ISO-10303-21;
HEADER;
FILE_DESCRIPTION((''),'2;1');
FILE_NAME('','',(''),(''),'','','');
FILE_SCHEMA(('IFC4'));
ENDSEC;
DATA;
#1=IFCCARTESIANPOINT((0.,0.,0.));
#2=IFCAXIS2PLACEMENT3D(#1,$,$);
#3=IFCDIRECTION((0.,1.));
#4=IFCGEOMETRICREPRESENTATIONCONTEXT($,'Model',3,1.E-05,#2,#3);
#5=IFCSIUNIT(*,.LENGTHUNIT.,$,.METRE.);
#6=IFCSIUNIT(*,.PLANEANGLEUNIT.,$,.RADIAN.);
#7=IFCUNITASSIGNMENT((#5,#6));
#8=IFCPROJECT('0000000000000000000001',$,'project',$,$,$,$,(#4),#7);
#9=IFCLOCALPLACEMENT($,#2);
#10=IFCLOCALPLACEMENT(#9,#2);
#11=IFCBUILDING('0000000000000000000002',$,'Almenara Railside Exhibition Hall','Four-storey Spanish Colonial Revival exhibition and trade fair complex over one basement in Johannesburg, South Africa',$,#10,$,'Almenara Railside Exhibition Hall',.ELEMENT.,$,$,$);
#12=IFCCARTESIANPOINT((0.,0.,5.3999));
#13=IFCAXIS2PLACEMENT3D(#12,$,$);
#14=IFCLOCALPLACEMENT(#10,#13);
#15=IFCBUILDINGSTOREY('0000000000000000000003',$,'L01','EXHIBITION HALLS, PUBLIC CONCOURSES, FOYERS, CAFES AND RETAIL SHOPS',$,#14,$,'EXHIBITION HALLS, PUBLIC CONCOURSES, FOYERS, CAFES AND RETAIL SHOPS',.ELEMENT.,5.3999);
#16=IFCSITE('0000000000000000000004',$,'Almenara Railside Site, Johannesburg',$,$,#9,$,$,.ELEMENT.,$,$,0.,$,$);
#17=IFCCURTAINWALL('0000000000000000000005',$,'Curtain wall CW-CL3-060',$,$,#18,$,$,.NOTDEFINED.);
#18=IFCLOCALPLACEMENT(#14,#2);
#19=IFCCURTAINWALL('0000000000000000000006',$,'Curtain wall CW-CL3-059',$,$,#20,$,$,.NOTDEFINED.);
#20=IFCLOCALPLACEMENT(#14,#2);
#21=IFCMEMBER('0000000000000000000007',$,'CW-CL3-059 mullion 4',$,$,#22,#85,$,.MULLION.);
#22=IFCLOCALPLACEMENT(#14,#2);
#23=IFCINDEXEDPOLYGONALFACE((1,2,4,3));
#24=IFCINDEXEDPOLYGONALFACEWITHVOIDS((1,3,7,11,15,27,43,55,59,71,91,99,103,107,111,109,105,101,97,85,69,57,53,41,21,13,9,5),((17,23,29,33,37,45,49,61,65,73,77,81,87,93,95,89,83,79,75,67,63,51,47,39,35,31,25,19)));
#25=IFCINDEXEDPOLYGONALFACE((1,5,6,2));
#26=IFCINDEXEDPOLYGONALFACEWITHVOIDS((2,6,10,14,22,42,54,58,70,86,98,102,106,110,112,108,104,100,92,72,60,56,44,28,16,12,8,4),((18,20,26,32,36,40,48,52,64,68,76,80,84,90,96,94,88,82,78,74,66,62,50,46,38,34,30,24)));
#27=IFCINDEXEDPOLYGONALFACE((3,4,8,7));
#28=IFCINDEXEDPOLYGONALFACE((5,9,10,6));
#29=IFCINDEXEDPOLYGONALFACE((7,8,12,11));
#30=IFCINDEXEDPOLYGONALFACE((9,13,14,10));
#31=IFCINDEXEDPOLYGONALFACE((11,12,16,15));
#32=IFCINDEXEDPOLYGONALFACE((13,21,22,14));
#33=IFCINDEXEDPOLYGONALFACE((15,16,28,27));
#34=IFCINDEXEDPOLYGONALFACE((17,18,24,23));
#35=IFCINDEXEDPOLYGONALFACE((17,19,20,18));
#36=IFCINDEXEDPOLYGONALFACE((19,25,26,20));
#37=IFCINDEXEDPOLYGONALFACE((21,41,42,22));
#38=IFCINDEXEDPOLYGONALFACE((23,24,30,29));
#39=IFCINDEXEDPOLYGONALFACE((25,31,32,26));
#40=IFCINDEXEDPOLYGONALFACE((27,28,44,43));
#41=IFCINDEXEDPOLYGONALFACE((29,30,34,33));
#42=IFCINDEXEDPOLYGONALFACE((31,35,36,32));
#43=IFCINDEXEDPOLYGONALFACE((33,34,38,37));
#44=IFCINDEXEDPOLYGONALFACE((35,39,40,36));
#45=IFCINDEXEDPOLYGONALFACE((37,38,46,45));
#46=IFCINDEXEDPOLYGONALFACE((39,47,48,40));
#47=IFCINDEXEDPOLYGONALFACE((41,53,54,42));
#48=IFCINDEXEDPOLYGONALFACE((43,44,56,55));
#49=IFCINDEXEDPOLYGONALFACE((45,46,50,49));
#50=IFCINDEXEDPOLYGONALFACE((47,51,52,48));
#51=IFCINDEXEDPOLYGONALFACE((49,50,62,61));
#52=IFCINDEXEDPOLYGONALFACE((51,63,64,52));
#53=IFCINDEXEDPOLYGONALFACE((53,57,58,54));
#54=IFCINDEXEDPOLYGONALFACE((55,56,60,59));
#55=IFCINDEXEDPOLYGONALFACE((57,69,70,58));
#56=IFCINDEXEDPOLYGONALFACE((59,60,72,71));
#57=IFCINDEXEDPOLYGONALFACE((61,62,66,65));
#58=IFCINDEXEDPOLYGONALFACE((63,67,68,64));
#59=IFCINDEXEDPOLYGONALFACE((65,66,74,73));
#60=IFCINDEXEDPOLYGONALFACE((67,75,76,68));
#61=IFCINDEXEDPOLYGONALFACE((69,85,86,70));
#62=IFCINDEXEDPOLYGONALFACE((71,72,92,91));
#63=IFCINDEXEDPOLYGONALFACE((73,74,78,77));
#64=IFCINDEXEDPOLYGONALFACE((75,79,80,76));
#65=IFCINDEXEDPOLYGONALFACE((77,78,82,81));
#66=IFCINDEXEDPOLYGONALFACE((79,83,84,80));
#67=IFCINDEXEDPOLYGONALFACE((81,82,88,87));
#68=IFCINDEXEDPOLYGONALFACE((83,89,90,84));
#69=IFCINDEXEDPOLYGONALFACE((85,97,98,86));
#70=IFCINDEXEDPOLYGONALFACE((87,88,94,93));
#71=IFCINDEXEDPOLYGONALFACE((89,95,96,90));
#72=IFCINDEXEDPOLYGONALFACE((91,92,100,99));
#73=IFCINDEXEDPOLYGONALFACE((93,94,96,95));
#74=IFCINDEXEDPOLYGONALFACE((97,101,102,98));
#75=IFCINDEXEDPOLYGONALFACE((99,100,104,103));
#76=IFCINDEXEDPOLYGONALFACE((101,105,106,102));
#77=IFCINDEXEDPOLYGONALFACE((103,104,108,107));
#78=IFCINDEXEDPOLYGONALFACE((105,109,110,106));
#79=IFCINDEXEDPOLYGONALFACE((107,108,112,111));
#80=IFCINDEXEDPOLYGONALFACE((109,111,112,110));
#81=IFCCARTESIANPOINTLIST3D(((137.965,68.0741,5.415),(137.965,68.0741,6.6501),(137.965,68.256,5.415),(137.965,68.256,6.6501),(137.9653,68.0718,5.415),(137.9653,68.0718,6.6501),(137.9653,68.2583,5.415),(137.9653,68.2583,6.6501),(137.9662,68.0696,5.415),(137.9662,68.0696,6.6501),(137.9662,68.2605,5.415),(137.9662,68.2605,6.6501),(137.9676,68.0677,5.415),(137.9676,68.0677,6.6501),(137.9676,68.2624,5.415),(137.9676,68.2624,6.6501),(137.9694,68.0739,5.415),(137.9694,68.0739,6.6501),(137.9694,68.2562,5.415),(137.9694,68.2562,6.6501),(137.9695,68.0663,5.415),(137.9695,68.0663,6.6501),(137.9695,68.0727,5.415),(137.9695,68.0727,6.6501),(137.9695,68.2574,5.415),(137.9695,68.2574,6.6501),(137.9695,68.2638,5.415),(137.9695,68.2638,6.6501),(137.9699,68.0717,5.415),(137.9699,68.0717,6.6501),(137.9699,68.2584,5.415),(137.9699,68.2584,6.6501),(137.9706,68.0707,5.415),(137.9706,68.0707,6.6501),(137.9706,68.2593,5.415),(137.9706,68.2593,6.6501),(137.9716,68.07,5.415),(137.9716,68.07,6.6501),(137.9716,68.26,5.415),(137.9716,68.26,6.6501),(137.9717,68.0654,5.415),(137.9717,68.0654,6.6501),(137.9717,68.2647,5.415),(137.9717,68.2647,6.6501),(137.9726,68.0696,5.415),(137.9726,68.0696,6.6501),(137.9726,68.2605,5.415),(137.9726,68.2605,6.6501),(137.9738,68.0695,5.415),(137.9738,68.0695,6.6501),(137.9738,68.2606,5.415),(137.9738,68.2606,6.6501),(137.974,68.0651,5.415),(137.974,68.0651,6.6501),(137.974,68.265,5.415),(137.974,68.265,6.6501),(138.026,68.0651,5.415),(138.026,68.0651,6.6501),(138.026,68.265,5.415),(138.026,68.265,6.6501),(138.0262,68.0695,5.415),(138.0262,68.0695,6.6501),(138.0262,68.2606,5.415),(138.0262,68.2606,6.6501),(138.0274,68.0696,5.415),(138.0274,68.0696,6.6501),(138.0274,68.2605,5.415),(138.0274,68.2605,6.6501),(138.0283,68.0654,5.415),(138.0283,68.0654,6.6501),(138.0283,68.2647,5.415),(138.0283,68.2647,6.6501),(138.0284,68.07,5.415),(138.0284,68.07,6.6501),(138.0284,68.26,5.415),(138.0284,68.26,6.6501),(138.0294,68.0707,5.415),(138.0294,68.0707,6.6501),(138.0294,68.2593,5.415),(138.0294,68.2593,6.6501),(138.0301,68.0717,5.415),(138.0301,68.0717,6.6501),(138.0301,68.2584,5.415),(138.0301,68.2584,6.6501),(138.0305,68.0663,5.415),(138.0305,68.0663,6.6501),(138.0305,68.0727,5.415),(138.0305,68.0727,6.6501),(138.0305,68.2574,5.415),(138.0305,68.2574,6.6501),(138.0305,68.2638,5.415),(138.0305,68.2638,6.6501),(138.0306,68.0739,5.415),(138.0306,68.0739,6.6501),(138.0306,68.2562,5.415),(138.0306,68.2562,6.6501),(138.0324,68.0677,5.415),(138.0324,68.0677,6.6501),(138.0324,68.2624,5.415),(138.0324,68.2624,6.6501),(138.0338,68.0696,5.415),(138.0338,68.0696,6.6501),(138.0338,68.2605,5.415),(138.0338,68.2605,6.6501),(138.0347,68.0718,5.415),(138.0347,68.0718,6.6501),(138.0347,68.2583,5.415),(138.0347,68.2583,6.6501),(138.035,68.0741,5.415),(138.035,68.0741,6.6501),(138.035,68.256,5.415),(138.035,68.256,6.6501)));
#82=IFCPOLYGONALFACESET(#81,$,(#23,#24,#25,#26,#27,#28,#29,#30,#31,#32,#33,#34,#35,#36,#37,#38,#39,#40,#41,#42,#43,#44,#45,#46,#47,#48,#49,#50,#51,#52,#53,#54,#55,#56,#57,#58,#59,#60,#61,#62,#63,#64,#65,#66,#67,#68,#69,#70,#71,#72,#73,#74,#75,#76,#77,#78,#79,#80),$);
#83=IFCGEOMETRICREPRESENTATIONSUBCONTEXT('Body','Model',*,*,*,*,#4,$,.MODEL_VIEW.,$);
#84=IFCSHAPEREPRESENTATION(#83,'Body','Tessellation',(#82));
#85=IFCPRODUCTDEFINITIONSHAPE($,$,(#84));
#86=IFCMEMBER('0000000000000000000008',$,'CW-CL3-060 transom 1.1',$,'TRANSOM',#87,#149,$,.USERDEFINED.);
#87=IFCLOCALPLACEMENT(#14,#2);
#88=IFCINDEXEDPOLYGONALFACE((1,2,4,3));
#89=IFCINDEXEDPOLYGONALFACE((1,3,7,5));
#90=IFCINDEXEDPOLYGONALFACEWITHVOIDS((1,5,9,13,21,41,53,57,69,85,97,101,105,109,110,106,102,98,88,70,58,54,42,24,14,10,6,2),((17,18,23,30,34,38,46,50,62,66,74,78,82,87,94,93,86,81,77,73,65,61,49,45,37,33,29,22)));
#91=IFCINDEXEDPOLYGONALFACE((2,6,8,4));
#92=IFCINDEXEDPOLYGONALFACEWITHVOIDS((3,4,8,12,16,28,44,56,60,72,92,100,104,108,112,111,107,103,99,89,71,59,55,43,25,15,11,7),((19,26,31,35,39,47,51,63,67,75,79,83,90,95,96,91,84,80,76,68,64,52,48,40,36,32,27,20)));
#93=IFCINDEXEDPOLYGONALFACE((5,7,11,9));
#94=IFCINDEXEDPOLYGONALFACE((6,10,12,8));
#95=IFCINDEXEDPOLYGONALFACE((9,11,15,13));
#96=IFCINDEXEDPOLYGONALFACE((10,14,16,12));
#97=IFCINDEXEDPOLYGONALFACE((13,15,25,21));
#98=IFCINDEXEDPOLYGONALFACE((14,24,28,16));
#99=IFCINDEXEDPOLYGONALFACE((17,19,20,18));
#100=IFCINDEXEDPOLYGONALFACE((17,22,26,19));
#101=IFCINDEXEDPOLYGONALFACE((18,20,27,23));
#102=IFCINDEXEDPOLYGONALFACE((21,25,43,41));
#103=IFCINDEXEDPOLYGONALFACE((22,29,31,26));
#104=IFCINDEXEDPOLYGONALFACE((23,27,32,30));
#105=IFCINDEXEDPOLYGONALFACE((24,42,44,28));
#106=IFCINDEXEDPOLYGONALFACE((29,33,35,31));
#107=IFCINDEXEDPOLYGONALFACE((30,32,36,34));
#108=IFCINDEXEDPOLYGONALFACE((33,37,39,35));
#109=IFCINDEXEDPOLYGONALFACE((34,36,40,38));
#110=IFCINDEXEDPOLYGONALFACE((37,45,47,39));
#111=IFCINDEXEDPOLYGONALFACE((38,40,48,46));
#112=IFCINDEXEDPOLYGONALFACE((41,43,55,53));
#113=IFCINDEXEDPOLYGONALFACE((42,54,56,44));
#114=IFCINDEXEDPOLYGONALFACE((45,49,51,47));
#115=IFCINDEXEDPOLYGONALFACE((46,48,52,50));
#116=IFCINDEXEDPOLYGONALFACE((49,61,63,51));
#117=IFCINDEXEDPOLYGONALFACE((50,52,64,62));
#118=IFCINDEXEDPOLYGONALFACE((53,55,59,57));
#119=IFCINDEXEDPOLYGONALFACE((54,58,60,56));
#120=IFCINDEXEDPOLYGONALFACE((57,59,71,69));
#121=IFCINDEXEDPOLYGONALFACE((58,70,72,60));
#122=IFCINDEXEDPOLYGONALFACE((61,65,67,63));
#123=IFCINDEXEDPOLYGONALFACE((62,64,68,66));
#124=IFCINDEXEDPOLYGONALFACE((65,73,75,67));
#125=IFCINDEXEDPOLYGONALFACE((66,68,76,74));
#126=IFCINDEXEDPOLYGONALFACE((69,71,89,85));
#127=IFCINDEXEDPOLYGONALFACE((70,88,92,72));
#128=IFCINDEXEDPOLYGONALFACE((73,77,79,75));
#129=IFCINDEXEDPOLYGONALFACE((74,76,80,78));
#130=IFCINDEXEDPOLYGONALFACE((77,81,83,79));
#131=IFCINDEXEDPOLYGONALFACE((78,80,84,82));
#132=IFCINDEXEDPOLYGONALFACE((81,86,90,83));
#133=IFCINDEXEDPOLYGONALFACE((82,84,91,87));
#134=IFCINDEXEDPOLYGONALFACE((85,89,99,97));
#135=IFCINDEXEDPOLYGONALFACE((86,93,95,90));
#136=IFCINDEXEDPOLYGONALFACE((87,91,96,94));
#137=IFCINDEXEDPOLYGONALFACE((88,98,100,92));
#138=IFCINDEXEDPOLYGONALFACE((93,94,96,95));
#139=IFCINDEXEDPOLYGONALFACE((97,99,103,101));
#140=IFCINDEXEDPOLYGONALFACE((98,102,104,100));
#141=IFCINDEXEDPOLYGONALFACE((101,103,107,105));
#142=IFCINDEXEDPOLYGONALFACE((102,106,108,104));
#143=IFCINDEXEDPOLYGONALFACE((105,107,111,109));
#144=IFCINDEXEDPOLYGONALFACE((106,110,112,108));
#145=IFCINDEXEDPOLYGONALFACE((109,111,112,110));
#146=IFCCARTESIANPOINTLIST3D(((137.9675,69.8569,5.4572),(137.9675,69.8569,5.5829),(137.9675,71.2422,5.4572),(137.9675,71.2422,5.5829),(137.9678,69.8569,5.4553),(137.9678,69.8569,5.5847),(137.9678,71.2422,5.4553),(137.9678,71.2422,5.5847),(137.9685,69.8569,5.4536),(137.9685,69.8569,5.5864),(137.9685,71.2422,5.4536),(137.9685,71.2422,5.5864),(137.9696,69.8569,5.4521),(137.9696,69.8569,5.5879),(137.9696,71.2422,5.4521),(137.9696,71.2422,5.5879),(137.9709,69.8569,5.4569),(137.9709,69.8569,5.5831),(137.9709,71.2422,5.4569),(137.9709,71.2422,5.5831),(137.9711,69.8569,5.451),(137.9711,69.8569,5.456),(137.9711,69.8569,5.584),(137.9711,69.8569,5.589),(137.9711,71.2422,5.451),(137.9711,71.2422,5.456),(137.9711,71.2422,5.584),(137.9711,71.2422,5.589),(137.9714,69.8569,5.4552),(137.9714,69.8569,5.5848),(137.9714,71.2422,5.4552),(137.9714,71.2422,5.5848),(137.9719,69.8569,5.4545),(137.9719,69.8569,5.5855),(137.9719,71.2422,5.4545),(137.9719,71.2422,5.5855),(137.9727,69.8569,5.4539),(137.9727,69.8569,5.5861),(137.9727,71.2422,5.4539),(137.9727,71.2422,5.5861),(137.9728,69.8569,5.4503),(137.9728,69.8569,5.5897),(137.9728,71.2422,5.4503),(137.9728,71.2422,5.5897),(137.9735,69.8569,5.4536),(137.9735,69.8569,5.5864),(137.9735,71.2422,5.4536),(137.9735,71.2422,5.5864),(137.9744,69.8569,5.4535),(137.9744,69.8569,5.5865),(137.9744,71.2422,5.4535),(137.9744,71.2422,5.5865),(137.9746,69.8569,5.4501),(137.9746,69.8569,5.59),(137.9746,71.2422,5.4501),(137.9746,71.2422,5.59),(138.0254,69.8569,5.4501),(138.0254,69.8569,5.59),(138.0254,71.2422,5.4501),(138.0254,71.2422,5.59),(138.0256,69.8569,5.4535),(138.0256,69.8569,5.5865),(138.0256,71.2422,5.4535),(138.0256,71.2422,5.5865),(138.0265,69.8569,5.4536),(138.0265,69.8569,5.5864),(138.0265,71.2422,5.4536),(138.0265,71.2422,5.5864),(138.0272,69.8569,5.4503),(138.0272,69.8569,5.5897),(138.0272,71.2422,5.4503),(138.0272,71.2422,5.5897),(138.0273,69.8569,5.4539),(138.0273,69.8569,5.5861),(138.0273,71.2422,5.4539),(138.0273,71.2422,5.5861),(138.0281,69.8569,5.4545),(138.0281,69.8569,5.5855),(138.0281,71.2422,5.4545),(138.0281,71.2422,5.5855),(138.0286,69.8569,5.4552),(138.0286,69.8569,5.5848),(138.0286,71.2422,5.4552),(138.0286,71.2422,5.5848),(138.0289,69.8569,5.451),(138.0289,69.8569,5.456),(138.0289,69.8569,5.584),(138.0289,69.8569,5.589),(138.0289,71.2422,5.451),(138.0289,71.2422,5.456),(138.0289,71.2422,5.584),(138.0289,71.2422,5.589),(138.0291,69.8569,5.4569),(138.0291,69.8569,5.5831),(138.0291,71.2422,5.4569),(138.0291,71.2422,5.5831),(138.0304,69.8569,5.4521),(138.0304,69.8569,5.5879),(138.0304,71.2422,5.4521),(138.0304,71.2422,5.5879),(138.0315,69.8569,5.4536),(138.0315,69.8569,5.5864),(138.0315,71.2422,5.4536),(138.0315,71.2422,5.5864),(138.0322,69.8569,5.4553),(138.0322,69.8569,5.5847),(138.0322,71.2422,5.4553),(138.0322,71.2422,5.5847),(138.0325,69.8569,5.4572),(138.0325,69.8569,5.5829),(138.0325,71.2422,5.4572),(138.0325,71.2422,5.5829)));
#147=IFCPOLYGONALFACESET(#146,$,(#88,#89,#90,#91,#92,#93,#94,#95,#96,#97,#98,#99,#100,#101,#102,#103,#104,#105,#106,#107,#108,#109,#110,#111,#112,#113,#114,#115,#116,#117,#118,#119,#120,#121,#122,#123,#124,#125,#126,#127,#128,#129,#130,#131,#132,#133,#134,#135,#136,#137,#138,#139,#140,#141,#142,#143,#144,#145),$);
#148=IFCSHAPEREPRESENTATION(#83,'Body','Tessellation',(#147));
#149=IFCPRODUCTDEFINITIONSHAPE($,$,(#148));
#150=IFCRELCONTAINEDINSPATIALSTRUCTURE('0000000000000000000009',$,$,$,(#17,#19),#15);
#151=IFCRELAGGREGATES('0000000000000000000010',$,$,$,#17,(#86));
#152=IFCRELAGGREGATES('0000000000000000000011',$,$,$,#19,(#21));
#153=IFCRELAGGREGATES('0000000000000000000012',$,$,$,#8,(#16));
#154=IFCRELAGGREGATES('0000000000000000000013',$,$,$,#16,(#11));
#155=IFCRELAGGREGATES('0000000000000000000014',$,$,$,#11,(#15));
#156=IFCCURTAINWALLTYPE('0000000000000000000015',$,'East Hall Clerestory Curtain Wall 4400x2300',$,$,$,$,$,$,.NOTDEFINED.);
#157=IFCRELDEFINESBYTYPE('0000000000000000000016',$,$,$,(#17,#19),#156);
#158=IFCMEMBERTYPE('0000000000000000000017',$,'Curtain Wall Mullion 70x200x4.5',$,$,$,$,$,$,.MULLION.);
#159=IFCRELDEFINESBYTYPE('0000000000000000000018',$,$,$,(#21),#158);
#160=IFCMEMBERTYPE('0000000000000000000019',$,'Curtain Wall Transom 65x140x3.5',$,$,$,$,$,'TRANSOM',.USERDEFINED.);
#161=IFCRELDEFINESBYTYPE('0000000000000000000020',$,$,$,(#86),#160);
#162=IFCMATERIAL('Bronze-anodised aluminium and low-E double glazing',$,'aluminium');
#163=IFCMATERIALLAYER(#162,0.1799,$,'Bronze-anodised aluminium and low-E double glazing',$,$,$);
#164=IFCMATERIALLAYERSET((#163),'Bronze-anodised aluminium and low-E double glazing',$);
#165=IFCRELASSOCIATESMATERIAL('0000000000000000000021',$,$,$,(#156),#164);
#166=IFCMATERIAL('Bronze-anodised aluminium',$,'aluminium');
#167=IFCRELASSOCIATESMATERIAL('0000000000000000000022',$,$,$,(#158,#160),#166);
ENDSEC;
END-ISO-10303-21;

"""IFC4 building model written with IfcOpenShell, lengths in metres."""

from ifc_helpers import new_model, si_unit, direction, frame, origin, origin_2d, place, context, subcontext, project, spatial, hollow_rectangle, extrude, material, layer, layer_set, material_profile, profile_set, type_object, element, aggregate, save


model = new_model("IFC4")

# Units and contexts
model_context = context("Model", 3, precision=1e-05, world=origin(), true_north=direction((0.0, 1.0)))
body_context = subcontext(model_context, "Body", "Model", "MODEL_VIEW")
ifc_project = project(units=[si_unit("LENGTHUNIT", "METRE"), si_unit("PLANEANGLEUNIT", "RADIAN")], contexts=[model_context])

# Site, building, storey
site_placement = place(None, origin())
site = spatial("IfcSite", under=ifc_project, at=site_placement, Name="Almenara Railside Site, Johannesburg", CompositionType="ELEMENT", RefElevation=0.0)
building_placement = place(site_placement, origin())
building = spatial("IfcBuilding", under=site, at=building_placement, Name="Almenara Railside Exhibition Hall", Description="Four-storey Spanish Colonial Revival exhibition and trade fair complex over one basement in Johannesburg, South Africa", LongName="Almenara Railside Exhibition Hall", CompositionType="ELEMENT")
storey_placement = place(building_placement, frame((0.0, 0.0, 5.3999)))
storey = spatial("IfcBuildingStorey", under=building, at=storey_placement, Name="L01", Description="EXHIBITION HALLS, PUBLIC CONCOURSES, FOYERS, CAFES AND RETAIL SHOPS", LongName="EXHIBITION HALLS, PUBLIC CONCOURSES, FOYERS, CAFES AND RETAIL SHOPS", CompositionType="ELEMENT", Elevation=5.3999)

# Curtain wall
ifc_material_1 = material(Name="Bronze-anodised aluminium and low-E double glazing", Category="aluminium")
ifc_layer_1 = layer(ifc_material_1, 0.1799, Name="Bronze-anodised aluminium and low-E double glazing")
ifc_layer_set_1 = layer_set([ifc_layer_1], Name="Bronze-anodised aluminium and low-E double glazing")
curtain_wall_type = type_object("IfcCurtainWallType", Name="East Hall Clerestory Curtain Wall 4400x2300", PredefinedType="NOTDEFINED", material=ifc_layer_set_1)
curtain_wall_1_placement = place(storey_placement, origin())
curtain_wall_1 = element("IfcCurtainWall", 1, at=curtain_wall_1_placement, inside=storey, type_object=curtain_wall_type, Name="Curtain wall CW-CL3-060", PredefinedType="NOTDEFINED")
ifc_material_2 = material(Name="Bronze-anodised aluminium", Category="aluminium")

# Curtain wall, member
curtain_wall_2_placement = place(storey_placement, origin())
curtain_wall_2 = element("IfcCurtainWall", 2, at=curtain_wall_2_placement, inside=storey, type_object=curtain_wall_type, Name="Curtain wall CW-CL3-059", PredefinedType="NOTDEFINED")
ifc_material_profile_1 = material_profile(ifc_material_2, hollow_rectangle(XDim=0.0701, YDim=0.2, WallThickness=0.0044, InnerFilletRadius=0.0044, OuterFilletRadius=0.009, at=origin_2d()), Name="ALU-MUL 70x200x4.5")
ifc_profile_set_1 = profile_set([ifc_material_profile_1], Name="Bronze-anodised aluminium")
member_type_1 = type_object("IfcMemberType", Name="Curtain Wall Mullion 70x200x4.5", PredefinedType="MULLION", material=ifc_profile_set_1)
member_1_placement = place(storey_placement, frame((138.0, 68.165, 5.415), z_axis=(0.0, 0.0, 1.0), x_axis=(-1.0, 0.0, 0.0)))
member_1 = element("IfcMember", 3, at=member_1_placement, type_object=member_type_1, Name="CW-CL3-059 mullion 4", PredefinedType="MULLION", context=body_context, shape_type="SweptSolid", body=[
    extrude(hollow_rectangle(XDim=0.0701, YDim=0.2, WallThickness=0.0044, InnerFilletRadius=0.0044, OuterFilletRadius=0.009, at=origin_2d()), origin(), (0.0, 0.0, 1.0), 1.2351),
])

# Member
ifc_material_profile_2 = material_profile(ifc_material_2, hollow_rectangle(XDim=0.0649, YDim=0.1399, WallThickness=0.0034, InnerFilletRadius=0.0034, OuterFilletRadius=0.0071, at=origin_2d()), Name="ALU-TRN 65x140x3.5")
ifc_profile_set_2 = profile_set([ifc_material_profile_2], Name="Bronze-anodised aluminium")
member_type_2 = type_object("IfcMemberType", Name="Curtain Wall Transom 65x140x3.5", ElementType="TRANSOM", PredefinedType="USERDEFINED", material=ifc_profile_set_2)
member_2_placement = place(storey_placement, frame((138.0, 69.8569, 5.52), z_axis=(0.0, 1.0, 0.0), x_axis=(-1.0, 0.0, 0.0)))
member_2 = element("IfcMember", 4, at=member_2_placement, type_object=member_type_2, Name="CW-CL3-060 transom 1.1", ObjectType="TRANSOM", PredefinedType="USERDEFINED", context=body_context, shape_type="SweptSolid", body=[
    extrude(hollow_rectangle(XDim=0.0649, YDim=0.1399, WallThickness=0.0034, InnerFilletRadius=0.0034, OuterFilletRadius=0.0071, at=origin_2d()), origin(), (0.0, 0.0, 1.0), 1.3853),
])
aggregate(curtain_wall_1, [member_2])

aggregate(curtain_wall_2, [member_1])

save(model, "model.ifc")
